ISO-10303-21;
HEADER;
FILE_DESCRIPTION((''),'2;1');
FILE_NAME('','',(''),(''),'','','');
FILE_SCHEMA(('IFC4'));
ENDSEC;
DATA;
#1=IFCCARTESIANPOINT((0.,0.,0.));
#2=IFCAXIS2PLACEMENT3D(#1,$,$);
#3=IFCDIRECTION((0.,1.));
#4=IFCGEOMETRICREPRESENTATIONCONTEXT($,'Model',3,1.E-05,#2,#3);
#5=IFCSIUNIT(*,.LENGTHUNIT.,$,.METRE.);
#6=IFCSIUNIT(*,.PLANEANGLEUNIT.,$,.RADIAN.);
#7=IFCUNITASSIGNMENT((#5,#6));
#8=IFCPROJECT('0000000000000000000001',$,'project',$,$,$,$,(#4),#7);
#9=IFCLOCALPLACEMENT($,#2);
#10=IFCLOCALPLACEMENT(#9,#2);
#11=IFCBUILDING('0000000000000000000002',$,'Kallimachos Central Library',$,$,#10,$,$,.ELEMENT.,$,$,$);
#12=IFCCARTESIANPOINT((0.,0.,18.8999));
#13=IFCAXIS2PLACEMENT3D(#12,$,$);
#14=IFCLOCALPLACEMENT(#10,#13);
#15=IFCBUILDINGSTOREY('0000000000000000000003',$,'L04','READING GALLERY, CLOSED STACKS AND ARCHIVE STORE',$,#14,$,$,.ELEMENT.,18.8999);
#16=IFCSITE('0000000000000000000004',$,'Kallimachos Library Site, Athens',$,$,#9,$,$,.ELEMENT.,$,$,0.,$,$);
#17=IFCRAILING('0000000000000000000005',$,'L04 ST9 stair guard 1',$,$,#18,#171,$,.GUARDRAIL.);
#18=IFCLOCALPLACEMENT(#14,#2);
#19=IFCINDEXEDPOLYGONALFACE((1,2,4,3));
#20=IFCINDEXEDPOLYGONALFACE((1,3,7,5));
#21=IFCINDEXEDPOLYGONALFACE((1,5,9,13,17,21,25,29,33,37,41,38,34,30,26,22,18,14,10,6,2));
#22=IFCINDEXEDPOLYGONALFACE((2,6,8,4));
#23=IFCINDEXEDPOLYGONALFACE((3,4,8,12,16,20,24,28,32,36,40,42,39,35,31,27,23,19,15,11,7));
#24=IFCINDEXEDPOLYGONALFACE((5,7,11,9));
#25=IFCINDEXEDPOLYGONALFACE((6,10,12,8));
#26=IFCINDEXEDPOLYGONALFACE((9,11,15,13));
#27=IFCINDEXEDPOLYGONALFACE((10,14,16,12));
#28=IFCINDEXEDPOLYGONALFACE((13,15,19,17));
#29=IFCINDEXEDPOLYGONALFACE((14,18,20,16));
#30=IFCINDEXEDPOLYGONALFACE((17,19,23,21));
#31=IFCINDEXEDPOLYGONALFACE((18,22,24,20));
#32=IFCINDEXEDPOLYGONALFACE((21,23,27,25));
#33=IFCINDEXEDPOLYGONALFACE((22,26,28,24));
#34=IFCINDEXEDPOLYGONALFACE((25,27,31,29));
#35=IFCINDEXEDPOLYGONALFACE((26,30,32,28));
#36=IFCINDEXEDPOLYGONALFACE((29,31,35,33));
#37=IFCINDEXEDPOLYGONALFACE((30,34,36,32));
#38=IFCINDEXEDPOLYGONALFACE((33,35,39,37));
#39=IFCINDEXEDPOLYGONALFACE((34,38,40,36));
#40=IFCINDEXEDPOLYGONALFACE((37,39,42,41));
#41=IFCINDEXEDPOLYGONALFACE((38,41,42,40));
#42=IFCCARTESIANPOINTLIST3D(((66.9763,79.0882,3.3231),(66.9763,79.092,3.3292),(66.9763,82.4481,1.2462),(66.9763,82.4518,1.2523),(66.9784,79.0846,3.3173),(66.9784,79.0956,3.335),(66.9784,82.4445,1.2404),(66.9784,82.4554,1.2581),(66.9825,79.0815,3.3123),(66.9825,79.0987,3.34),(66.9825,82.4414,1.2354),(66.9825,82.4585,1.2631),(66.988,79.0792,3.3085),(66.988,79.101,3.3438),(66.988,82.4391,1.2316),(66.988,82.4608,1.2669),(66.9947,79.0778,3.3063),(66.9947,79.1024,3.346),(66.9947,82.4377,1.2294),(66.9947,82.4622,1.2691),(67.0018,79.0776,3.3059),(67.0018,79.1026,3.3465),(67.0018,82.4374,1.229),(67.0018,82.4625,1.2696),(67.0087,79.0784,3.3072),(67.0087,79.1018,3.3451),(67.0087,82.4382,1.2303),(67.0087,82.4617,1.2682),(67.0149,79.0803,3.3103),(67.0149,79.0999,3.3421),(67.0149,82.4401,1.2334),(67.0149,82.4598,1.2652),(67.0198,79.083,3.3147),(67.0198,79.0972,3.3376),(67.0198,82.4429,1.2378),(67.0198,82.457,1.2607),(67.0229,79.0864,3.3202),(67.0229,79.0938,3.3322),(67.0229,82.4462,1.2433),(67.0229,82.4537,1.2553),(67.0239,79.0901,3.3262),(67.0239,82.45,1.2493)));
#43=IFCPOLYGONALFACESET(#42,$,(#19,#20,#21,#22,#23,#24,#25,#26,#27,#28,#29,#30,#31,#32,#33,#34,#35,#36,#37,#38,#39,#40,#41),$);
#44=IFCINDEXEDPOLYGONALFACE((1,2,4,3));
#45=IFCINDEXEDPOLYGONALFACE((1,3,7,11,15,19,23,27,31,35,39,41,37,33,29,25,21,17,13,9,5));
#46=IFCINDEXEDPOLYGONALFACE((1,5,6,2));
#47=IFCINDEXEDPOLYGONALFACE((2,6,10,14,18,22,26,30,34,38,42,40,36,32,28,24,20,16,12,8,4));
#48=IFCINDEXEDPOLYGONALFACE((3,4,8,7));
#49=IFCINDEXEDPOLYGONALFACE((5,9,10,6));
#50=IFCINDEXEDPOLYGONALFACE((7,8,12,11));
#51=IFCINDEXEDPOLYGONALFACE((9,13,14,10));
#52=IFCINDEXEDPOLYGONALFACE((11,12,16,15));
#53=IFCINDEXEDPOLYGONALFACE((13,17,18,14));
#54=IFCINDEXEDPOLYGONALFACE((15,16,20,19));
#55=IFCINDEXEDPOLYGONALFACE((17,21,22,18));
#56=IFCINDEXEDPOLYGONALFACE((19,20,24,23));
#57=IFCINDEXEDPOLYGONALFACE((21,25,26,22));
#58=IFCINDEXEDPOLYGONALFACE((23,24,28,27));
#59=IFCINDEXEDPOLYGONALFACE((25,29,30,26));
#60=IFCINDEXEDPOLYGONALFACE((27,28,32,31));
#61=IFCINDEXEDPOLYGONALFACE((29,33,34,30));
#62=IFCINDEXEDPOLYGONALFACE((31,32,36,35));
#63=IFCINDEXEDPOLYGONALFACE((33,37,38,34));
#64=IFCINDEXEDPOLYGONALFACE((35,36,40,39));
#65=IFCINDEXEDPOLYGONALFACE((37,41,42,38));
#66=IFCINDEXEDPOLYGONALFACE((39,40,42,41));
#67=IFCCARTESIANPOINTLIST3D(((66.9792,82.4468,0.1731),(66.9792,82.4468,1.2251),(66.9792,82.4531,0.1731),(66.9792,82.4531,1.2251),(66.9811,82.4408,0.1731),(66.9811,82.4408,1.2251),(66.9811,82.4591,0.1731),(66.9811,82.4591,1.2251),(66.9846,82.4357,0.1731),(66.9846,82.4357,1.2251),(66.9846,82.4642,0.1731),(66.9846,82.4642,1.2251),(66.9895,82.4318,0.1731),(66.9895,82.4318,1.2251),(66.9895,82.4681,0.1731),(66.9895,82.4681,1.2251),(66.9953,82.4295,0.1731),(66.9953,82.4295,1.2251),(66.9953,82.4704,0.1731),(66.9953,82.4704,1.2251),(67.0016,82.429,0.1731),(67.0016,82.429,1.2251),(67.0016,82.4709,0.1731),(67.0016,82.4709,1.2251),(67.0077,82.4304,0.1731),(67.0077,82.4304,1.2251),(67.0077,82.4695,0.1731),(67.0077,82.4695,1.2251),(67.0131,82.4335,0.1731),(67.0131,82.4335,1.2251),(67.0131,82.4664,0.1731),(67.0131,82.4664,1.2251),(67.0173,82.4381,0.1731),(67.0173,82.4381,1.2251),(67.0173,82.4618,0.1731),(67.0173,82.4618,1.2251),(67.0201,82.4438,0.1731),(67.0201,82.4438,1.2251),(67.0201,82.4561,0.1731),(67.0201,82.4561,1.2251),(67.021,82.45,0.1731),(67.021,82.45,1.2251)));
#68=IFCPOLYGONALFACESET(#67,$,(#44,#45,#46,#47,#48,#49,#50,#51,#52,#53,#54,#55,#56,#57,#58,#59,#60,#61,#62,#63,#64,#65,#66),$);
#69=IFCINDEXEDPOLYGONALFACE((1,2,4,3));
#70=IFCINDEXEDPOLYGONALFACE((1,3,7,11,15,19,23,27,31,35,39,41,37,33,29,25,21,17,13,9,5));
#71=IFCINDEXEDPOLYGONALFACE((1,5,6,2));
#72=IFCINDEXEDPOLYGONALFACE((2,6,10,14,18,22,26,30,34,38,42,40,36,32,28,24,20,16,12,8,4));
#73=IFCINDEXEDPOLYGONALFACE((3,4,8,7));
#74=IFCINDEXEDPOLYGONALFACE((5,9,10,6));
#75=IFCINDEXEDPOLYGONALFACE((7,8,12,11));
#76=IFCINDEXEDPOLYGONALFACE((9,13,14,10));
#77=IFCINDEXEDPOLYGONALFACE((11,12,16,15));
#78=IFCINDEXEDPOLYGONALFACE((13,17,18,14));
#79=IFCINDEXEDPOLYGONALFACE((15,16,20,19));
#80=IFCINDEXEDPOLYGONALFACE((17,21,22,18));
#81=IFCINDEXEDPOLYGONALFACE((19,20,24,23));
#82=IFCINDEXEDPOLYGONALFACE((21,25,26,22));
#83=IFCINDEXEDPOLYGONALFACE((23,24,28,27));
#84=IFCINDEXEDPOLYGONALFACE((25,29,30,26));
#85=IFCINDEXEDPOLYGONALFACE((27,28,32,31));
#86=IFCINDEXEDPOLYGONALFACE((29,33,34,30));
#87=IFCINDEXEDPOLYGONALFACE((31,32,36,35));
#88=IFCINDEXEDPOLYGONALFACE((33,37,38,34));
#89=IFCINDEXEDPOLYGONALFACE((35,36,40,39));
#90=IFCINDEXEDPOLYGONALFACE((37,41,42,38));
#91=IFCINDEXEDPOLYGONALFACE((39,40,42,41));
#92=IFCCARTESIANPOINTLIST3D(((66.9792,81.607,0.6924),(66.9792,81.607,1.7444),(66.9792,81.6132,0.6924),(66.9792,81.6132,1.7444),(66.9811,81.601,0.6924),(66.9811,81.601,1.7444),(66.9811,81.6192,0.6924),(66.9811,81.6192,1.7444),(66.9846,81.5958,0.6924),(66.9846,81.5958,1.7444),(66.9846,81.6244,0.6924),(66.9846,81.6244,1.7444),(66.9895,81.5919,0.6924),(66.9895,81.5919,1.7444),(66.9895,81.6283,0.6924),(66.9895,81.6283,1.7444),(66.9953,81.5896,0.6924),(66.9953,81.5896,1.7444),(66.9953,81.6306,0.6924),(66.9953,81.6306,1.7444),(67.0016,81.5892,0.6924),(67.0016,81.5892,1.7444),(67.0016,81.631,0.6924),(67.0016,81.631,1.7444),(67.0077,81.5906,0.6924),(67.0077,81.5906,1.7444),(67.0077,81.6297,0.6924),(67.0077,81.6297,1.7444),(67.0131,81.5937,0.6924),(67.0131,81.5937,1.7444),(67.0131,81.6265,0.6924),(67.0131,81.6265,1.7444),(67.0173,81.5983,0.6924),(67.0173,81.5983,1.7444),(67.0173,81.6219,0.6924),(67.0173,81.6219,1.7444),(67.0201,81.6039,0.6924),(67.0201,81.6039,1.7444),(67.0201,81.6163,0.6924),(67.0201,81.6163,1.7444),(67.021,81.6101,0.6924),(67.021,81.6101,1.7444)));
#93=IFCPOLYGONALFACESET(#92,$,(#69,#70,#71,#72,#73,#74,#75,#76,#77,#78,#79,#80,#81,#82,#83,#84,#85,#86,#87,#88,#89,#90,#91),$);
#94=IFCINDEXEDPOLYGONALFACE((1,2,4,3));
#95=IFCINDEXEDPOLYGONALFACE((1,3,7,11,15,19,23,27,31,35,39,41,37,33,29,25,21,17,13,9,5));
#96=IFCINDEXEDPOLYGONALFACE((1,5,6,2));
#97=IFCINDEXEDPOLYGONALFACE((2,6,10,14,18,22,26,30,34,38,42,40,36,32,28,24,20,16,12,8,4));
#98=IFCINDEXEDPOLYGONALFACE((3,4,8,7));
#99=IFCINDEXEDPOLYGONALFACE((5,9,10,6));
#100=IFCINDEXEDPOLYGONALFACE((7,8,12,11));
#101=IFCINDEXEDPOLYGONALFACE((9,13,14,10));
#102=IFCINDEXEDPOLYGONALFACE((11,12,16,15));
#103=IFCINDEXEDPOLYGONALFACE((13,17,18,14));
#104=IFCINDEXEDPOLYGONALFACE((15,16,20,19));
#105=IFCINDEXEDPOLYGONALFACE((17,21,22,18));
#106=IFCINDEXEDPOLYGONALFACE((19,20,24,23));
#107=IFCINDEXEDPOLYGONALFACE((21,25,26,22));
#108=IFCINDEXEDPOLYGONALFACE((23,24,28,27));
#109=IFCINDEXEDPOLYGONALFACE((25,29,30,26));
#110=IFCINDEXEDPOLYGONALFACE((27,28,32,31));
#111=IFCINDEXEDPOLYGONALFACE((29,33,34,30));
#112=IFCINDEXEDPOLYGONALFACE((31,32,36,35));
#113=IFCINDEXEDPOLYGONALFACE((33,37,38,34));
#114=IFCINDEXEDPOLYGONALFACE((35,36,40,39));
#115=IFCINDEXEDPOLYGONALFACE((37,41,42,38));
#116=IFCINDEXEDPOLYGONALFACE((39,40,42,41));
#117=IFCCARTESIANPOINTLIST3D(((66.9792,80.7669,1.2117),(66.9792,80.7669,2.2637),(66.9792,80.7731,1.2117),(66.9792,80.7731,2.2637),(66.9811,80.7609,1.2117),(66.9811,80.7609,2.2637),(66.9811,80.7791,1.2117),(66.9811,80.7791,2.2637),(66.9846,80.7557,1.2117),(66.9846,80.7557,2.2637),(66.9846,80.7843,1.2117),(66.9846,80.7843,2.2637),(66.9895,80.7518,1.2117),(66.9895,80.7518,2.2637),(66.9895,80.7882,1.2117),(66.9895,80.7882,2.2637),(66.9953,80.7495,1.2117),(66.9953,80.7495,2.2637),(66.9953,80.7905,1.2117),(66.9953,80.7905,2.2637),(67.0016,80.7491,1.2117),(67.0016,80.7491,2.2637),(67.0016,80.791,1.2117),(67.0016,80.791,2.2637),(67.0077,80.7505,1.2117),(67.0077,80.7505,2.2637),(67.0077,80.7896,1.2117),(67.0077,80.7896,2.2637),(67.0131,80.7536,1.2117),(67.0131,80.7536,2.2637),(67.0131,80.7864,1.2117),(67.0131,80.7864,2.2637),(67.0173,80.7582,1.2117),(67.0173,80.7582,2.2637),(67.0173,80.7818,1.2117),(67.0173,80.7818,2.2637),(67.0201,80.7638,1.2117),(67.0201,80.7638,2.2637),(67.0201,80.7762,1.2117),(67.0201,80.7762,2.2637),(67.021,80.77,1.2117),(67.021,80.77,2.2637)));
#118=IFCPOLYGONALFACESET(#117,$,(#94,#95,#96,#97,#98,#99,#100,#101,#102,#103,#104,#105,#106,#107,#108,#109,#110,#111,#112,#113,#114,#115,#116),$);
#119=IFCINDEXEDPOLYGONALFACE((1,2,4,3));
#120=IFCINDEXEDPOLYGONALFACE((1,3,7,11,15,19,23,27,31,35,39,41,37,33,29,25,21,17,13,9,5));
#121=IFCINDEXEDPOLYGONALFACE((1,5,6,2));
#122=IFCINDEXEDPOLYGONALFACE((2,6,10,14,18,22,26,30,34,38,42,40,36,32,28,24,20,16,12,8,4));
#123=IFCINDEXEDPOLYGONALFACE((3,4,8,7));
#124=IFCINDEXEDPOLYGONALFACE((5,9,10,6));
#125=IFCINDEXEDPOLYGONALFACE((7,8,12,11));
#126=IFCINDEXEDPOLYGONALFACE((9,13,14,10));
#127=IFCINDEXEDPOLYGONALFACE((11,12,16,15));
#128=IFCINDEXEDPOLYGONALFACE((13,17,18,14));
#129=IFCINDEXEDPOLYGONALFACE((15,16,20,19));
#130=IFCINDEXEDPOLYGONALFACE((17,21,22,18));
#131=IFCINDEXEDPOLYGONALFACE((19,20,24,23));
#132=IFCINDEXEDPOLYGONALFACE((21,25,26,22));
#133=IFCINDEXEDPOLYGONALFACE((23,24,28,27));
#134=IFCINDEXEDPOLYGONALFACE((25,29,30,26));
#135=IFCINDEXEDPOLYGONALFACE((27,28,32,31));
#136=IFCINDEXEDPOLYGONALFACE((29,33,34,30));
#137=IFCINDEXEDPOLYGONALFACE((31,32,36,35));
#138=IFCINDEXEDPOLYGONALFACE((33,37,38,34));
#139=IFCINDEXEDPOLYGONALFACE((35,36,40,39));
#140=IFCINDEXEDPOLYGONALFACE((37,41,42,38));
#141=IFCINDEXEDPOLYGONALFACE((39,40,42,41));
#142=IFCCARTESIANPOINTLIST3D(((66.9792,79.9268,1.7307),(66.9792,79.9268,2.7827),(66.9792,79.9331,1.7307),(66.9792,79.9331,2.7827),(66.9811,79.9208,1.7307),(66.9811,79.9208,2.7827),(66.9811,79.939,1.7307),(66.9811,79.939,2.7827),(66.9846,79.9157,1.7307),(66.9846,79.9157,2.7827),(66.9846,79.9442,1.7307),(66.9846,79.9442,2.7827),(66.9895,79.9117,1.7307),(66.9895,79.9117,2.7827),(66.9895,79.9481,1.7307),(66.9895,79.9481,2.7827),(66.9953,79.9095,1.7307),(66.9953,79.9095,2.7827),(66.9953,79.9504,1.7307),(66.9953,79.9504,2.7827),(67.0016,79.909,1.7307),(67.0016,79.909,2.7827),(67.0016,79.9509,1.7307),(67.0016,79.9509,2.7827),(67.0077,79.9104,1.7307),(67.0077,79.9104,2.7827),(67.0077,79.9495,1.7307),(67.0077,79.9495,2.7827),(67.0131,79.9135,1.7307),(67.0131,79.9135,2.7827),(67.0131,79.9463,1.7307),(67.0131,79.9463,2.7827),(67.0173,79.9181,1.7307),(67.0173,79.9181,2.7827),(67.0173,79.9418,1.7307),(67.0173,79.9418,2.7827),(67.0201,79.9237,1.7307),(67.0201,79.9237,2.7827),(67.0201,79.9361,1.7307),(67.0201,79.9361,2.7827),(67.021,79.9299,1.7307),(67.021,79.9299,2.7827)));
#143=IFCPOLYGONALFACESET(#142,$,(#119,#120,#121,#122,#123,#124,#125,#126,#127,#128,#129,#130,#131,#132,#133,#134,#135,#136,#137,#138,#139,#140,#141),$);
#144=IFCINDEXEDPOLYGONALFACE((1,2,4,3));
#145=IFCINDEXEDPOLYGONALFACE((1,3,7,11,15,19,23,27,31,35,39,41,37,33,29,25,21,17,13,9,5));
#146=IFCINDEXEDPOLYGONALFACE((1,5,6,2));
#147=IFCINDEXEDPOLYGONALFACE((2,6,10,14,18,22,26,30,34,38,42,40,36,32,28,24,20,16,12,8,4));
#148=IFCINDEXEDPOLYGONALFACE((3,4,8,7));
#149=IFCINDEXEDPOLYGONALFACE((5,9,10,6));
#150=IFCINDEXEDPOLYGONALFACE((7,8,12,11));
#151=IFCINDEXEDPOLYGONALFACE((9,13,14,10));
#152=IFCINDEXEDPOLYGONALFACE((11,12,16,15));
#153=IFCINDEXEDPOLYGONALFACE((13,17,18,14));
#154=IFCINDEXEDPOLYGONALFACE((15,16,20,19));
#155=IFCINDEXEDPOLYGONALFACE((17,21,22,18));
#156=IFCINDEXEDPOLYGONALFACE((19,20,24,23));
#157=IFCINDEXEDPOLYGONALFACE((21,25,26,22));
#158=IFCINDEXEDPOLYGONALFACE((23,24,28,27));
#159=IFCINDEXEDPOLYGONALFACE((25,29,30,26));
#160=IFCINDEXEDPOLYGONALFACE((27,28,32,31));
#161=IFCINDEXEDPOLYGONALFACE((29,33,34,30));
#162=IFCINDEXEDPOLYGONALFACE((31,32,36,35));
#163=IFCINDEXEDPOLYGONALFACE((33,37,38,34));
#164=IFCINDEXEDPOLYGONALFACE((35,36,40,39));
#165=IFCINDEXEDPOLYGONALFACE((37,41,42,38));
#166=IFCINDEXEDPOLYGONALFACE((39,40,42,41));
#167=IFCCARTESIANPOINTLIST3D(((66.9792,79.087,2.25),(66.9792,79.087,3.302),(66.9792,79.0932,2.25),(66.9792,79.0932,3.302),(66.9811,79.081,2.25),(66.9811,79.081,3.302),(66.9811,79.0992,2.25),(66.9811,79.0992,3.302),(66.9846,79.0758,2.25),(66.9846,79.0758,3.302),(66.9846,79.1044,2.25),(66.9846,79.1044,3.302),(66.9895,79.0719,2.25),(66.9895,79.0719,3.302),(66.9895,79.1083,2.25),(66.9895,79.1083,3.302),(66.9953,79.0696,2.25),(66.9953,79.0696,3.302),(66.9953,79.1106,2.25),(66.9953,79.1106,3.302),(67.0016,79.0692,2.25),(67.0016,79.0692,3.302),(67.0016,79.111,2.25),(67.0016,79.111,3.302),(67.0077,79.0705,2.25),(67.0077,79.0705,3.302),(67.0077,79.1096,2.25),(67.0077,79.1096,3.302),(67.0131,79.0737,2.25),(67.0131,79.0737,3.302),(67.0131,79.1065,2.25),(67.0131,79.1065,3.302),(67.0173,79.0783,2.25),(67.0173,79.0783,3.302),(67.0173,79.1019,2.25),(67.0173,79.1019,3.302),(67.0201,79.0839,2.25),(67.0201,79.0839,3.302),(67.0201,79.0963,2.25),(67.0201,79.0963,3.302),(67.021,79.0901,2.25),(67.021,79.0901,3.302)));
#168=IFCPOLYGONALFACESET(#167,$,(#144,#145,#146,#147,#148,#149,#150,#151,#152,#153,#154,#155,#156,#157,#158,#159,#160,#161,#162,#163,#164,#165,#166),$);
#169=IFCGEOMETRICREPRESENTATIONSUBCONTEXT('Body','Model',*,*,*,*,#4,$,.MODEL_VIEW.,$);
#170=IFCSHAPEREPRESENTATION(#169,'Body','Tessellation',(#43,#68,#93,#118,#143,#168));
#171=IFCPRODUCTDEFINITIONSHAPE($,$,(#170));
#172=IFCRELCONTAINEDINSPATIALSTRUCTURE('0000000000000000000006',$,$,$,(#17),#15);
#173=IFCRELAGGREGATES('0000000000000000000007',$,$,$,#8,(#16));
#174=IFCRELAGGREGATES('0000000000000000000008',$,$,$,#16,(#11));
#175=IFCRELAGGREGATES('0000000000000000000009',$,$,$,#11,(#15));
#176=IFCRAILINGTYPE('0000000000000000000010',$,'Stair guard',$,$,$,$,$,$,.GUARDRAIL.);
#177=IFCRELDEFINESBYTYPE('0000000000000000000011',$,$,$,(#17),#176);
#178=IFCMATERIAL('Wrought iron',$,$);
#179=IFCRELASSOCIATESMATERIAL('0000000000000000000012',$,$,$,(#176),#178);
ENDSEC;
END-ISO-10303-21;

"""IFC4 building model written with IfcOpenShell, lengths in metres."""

from ifc_helpers import new_model, si_unit, direction, frame, origin, origin_2d, place, context, subcontext, project, spatial, circle, extrude, material, type_object, element, save


model = new_model("IFC4")

# Units and contexts
model_context = context("Model", 3, precision=1e-05, world=origin(), true_north=direction((0.0, 1.0)))
body_context = subcontext(model_context, "Body", "Model", "MODEL_VIEW")
ifc_project = project(units=[si_unit("LENGTHUNIT", "METRE"), si_unit("PLANEANGLEUNIT", "RADIAN")], contexts=[model_context])

# Site, building, storey
site_placement = place(None, origin())
site = spatial("IfcSite", under=ifc_project, at=site_placement, Name="Kallimachos Library Site, Athens", CompositionType="ELEMENT", RefElevation=0.0)
building_placement = place(site_placement, origin())
building = spatial("IfcBuilding", under=site, at=building_placement, Name="Kallimachos Central Library", CompositionType="ELEMENT")
storey_placement = place(building_placement, frame((0.0, 0.0, 18.8999)))
storey = spatial("IfcBuildingStorey", under=building, at=storey_placement, Name="L04", Description="READING GALLERY, CLOSED STACKS AND ARCHIVE STORE", CompositionType="ELEMENT", Elevation=18.8999)

# Railing
ifc_material_1 = material(Name="Wrought iron")
railing_type_1 = type_object("IfcRailingType", Name="Stair guard", PredefinedType="GUARDRAIL", material=ifc_material_1)
railing_1_placement = place(storey_placement, frame((67.0, 82.45, 0.1731)))
element("IfcRailing", 1, at=railing_1_placement, inside=storey, type_object=railing_type_1, Name="L04 ST9 stair guard 1", PredefinedType="GUARDRAIL", context=body_context, shape_type="SweptSolid", body=[
    extrude(circle(Radius=0.0239, at=origin_2d()), frame((0.0, 0.0, 1.0762), z_axis=(0.0, -0.850606, 0.525803), x_axis=(1.0, 0.0, 0.0)), (0.0, 0.0, 1.0), 3.95),
    extrude(circle(Radius=0.021, at=origin_2d()), origin(), (0.0, 0.0, 1.0), 1.052),
    extrude(circle(Radius=0.021, at=origin_2d()), frame((0.0, -0.8398, 0.5193)), (0.0, 0.0, 1.0), 1.052),
    extrude(circle(Radius=0.021, at=origin_2d()), frame((0.0, -1.6799, 1.0386)), (0.0, 0.0, 1.0), 1.052),
    extrude(circle(Radius=0.021, at=origin_2d()), frame((0.0, -2.52, 1.5576)), (0.0, 0.0, 1.0), 1.052),
    extrude(circle(Radius=0.021, at=origin_2d()), frame((0.0, -3.3599, 2.0769)), (0.0, 0.0, 1.0), 1.052),
])

save(model, "model.ifc")
